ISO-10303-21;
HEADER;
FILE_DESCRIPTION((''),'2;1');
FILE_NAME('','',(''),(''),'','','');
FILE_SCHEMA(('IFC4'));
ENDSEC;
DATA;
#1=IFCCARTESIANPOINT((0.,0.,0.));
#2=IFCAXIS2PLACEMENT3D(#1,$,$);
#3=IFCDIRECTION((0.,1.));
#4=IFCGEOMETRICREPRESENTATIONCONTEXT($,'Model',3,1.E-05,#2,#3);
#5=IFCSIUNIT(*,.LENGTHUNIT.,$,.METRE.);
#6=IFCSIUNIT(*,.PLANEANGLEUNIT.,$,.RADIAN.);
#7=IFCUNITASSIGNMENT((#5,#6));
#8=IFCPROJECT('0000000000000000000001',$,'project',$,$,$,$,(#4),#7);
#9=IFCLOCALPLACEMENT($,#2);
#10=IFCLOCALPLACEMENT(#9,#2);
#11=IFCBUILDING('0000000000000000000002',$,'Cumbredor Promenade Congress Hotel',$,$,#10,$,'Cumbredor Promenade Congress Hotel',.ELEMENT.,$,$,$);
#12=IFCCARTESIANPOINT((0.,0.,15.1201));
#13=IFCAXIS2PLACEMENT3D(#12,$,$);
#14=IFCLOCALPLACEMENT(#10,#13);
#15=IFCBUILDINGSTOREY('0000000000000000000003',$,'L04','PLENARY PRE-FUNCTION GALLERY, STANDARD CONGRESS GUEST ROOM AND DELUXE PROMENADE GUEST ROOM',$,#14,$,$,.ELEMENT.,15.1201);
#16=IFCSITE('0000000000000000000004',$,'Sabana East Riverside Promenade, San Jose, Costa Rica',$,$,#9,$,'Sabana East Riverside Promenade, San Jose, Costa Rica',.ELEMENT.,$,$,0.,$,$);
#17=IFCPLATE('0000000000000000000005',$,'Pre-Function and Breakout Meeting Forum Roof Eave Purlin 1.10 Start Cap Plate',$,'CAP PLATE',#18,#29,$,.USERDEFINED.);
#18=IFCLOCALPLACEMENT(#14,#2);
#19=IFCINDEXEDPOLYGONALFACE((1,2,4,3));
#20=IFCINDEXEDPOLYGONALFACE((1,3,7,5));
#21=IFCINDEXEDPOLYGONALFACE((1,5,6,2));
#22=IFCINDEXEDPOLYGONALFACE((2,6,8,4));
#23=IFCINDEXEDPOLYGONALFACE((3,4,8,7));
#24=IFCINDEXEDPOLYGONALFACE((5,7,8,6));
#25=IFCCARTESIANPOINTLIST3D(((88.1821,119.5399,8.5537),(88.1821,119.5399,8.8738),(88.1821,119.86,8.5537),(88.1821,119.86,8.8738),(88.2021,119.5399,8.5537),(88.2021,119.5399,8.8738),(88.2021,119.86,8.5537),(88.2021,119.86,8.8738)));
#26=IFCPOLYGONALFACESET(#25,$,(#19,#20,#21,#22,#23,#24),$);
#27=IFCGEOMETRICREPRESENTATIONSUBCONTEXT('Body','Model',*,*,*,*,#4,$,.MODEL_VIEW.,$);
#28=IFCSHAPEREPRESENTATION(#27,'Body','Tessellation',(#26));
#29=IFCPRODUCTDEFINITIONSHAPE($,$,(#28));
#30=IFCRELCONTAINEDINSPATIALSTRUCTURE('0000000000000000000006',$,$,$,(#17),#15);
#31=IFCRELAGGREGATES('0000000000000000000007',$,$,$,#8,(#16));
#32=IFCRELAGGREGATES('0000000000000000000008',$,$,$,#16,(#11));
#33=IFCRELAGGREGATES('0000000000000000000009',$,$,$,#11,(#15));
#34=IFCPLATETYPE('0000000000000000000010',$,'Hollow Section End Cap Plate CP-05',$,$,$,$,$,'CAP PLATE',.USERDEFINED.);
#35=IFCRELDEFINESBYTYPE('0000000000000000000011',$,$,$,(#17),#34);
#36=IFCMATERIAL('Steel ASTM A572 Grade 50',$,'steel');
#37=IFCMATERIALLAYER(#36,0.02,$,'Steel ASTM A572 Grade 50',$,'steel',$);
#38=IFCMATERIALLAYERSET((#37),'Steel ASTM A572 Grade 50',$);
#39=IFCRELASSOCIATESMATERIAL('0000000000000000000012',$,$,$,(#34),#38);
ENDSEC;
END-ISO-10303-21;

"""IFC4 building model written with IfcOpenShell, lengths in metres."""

from ifc_helpers import new_model, si_unit, direction, frame, origin, origin_2d, place, context, subcontext, project, spatial, rectangle, extrude, material, layer, layer_set, type_object, element, save


model = new_model("IFC4")

# Units and contexts
model_context = context("Model", 3, precision=1e-05, world=origin(), true_north=direction((0.0, 1.0)))
body_context = subcontext(model_context, "Body", "Model", "MODEL_VIEW")
ifc_project = project(units=[si_unit("LENGTHUNIT", "METRE"), si_unit("PLANEANGLEUNIT", "RADIAN")], contexts=[model_context])

# Site, building, storey
site_placement = place(None, origin())
site = spatial("IfcSite", under=ifc_project, at=site_placement, Name="Sabana East Riverside Promenade, San Jose, Costa Rica", LongName="Sabana East Riverside Promenade, San Jose, Costa Rica", CompositionType="ELEMENT", RefElevation=0.0)
building_placement = place(site_placement, origin())
building = spatial("IfcBuilding", under=site, at=building_placement, Name="Cumbredor Promenade Congress Hotel", LongName="Cumbredor Promenade Congress Hotel", CompositionType="ELEMENT")
storey_placement = place(building_placement, frame((0.0, 0.0, 15.1201)))
storey = spatial("IfcBuildingStorey", under=building, at=storey_placement, Name="L04", Description="PLENARY PRE-FUNCTION GALLERY, STANDARD CONGRESS GUEST ROOM AND DELUXE PROMENADE GUEST ROOM", CompositionType="ELEMENT", Elevation=15.1201)

# Plate
ifc_material_1 = material(Name="Steel ASTM A572 Grade 50", Category="steel")
ifc_layer_1 = layer(ifc_material_1, 0.02, Name="Steel ASTM A572 Grade 50", Category="steel")
ifc_layer_set_1 = layer_set([ifc_layer_1], Name="Steel ASTM A572 Grade 50")
plate_type_1 = type_object("IfcPlateType", Name="Hollow Section End Cap Plate CP-05", ElementType="CAP PLATE", PredefinedType="USERDEFINED", material=ifc_layer_set_1)
plate_placement = place(storey_placement, frame((88.1921, 119.7, 8.5537), z_axis=(0.0, 0.0, 1.0), x_axis=(1.0, 0.0, 0.0)))
element("IfcPlate", 1, at=plate_placement, inside=storey, type_object=plate_type_1, Name="Pre-Function and Breakout Meeting Forum Roof Eave Purlin 1.10 Start Cap Plate", ObjectType="CAP PLATE", PredefinedType="USERDEFINED", context=body_context, shape_type="SweptSolid", body=[
    extrude(rectangle(XDim=0.02, YDim=0.3201, at=origin_2d()), origin(), (0.0, 0.0, 1.0), 0.3201),
])

save(model, "model.ifc")
